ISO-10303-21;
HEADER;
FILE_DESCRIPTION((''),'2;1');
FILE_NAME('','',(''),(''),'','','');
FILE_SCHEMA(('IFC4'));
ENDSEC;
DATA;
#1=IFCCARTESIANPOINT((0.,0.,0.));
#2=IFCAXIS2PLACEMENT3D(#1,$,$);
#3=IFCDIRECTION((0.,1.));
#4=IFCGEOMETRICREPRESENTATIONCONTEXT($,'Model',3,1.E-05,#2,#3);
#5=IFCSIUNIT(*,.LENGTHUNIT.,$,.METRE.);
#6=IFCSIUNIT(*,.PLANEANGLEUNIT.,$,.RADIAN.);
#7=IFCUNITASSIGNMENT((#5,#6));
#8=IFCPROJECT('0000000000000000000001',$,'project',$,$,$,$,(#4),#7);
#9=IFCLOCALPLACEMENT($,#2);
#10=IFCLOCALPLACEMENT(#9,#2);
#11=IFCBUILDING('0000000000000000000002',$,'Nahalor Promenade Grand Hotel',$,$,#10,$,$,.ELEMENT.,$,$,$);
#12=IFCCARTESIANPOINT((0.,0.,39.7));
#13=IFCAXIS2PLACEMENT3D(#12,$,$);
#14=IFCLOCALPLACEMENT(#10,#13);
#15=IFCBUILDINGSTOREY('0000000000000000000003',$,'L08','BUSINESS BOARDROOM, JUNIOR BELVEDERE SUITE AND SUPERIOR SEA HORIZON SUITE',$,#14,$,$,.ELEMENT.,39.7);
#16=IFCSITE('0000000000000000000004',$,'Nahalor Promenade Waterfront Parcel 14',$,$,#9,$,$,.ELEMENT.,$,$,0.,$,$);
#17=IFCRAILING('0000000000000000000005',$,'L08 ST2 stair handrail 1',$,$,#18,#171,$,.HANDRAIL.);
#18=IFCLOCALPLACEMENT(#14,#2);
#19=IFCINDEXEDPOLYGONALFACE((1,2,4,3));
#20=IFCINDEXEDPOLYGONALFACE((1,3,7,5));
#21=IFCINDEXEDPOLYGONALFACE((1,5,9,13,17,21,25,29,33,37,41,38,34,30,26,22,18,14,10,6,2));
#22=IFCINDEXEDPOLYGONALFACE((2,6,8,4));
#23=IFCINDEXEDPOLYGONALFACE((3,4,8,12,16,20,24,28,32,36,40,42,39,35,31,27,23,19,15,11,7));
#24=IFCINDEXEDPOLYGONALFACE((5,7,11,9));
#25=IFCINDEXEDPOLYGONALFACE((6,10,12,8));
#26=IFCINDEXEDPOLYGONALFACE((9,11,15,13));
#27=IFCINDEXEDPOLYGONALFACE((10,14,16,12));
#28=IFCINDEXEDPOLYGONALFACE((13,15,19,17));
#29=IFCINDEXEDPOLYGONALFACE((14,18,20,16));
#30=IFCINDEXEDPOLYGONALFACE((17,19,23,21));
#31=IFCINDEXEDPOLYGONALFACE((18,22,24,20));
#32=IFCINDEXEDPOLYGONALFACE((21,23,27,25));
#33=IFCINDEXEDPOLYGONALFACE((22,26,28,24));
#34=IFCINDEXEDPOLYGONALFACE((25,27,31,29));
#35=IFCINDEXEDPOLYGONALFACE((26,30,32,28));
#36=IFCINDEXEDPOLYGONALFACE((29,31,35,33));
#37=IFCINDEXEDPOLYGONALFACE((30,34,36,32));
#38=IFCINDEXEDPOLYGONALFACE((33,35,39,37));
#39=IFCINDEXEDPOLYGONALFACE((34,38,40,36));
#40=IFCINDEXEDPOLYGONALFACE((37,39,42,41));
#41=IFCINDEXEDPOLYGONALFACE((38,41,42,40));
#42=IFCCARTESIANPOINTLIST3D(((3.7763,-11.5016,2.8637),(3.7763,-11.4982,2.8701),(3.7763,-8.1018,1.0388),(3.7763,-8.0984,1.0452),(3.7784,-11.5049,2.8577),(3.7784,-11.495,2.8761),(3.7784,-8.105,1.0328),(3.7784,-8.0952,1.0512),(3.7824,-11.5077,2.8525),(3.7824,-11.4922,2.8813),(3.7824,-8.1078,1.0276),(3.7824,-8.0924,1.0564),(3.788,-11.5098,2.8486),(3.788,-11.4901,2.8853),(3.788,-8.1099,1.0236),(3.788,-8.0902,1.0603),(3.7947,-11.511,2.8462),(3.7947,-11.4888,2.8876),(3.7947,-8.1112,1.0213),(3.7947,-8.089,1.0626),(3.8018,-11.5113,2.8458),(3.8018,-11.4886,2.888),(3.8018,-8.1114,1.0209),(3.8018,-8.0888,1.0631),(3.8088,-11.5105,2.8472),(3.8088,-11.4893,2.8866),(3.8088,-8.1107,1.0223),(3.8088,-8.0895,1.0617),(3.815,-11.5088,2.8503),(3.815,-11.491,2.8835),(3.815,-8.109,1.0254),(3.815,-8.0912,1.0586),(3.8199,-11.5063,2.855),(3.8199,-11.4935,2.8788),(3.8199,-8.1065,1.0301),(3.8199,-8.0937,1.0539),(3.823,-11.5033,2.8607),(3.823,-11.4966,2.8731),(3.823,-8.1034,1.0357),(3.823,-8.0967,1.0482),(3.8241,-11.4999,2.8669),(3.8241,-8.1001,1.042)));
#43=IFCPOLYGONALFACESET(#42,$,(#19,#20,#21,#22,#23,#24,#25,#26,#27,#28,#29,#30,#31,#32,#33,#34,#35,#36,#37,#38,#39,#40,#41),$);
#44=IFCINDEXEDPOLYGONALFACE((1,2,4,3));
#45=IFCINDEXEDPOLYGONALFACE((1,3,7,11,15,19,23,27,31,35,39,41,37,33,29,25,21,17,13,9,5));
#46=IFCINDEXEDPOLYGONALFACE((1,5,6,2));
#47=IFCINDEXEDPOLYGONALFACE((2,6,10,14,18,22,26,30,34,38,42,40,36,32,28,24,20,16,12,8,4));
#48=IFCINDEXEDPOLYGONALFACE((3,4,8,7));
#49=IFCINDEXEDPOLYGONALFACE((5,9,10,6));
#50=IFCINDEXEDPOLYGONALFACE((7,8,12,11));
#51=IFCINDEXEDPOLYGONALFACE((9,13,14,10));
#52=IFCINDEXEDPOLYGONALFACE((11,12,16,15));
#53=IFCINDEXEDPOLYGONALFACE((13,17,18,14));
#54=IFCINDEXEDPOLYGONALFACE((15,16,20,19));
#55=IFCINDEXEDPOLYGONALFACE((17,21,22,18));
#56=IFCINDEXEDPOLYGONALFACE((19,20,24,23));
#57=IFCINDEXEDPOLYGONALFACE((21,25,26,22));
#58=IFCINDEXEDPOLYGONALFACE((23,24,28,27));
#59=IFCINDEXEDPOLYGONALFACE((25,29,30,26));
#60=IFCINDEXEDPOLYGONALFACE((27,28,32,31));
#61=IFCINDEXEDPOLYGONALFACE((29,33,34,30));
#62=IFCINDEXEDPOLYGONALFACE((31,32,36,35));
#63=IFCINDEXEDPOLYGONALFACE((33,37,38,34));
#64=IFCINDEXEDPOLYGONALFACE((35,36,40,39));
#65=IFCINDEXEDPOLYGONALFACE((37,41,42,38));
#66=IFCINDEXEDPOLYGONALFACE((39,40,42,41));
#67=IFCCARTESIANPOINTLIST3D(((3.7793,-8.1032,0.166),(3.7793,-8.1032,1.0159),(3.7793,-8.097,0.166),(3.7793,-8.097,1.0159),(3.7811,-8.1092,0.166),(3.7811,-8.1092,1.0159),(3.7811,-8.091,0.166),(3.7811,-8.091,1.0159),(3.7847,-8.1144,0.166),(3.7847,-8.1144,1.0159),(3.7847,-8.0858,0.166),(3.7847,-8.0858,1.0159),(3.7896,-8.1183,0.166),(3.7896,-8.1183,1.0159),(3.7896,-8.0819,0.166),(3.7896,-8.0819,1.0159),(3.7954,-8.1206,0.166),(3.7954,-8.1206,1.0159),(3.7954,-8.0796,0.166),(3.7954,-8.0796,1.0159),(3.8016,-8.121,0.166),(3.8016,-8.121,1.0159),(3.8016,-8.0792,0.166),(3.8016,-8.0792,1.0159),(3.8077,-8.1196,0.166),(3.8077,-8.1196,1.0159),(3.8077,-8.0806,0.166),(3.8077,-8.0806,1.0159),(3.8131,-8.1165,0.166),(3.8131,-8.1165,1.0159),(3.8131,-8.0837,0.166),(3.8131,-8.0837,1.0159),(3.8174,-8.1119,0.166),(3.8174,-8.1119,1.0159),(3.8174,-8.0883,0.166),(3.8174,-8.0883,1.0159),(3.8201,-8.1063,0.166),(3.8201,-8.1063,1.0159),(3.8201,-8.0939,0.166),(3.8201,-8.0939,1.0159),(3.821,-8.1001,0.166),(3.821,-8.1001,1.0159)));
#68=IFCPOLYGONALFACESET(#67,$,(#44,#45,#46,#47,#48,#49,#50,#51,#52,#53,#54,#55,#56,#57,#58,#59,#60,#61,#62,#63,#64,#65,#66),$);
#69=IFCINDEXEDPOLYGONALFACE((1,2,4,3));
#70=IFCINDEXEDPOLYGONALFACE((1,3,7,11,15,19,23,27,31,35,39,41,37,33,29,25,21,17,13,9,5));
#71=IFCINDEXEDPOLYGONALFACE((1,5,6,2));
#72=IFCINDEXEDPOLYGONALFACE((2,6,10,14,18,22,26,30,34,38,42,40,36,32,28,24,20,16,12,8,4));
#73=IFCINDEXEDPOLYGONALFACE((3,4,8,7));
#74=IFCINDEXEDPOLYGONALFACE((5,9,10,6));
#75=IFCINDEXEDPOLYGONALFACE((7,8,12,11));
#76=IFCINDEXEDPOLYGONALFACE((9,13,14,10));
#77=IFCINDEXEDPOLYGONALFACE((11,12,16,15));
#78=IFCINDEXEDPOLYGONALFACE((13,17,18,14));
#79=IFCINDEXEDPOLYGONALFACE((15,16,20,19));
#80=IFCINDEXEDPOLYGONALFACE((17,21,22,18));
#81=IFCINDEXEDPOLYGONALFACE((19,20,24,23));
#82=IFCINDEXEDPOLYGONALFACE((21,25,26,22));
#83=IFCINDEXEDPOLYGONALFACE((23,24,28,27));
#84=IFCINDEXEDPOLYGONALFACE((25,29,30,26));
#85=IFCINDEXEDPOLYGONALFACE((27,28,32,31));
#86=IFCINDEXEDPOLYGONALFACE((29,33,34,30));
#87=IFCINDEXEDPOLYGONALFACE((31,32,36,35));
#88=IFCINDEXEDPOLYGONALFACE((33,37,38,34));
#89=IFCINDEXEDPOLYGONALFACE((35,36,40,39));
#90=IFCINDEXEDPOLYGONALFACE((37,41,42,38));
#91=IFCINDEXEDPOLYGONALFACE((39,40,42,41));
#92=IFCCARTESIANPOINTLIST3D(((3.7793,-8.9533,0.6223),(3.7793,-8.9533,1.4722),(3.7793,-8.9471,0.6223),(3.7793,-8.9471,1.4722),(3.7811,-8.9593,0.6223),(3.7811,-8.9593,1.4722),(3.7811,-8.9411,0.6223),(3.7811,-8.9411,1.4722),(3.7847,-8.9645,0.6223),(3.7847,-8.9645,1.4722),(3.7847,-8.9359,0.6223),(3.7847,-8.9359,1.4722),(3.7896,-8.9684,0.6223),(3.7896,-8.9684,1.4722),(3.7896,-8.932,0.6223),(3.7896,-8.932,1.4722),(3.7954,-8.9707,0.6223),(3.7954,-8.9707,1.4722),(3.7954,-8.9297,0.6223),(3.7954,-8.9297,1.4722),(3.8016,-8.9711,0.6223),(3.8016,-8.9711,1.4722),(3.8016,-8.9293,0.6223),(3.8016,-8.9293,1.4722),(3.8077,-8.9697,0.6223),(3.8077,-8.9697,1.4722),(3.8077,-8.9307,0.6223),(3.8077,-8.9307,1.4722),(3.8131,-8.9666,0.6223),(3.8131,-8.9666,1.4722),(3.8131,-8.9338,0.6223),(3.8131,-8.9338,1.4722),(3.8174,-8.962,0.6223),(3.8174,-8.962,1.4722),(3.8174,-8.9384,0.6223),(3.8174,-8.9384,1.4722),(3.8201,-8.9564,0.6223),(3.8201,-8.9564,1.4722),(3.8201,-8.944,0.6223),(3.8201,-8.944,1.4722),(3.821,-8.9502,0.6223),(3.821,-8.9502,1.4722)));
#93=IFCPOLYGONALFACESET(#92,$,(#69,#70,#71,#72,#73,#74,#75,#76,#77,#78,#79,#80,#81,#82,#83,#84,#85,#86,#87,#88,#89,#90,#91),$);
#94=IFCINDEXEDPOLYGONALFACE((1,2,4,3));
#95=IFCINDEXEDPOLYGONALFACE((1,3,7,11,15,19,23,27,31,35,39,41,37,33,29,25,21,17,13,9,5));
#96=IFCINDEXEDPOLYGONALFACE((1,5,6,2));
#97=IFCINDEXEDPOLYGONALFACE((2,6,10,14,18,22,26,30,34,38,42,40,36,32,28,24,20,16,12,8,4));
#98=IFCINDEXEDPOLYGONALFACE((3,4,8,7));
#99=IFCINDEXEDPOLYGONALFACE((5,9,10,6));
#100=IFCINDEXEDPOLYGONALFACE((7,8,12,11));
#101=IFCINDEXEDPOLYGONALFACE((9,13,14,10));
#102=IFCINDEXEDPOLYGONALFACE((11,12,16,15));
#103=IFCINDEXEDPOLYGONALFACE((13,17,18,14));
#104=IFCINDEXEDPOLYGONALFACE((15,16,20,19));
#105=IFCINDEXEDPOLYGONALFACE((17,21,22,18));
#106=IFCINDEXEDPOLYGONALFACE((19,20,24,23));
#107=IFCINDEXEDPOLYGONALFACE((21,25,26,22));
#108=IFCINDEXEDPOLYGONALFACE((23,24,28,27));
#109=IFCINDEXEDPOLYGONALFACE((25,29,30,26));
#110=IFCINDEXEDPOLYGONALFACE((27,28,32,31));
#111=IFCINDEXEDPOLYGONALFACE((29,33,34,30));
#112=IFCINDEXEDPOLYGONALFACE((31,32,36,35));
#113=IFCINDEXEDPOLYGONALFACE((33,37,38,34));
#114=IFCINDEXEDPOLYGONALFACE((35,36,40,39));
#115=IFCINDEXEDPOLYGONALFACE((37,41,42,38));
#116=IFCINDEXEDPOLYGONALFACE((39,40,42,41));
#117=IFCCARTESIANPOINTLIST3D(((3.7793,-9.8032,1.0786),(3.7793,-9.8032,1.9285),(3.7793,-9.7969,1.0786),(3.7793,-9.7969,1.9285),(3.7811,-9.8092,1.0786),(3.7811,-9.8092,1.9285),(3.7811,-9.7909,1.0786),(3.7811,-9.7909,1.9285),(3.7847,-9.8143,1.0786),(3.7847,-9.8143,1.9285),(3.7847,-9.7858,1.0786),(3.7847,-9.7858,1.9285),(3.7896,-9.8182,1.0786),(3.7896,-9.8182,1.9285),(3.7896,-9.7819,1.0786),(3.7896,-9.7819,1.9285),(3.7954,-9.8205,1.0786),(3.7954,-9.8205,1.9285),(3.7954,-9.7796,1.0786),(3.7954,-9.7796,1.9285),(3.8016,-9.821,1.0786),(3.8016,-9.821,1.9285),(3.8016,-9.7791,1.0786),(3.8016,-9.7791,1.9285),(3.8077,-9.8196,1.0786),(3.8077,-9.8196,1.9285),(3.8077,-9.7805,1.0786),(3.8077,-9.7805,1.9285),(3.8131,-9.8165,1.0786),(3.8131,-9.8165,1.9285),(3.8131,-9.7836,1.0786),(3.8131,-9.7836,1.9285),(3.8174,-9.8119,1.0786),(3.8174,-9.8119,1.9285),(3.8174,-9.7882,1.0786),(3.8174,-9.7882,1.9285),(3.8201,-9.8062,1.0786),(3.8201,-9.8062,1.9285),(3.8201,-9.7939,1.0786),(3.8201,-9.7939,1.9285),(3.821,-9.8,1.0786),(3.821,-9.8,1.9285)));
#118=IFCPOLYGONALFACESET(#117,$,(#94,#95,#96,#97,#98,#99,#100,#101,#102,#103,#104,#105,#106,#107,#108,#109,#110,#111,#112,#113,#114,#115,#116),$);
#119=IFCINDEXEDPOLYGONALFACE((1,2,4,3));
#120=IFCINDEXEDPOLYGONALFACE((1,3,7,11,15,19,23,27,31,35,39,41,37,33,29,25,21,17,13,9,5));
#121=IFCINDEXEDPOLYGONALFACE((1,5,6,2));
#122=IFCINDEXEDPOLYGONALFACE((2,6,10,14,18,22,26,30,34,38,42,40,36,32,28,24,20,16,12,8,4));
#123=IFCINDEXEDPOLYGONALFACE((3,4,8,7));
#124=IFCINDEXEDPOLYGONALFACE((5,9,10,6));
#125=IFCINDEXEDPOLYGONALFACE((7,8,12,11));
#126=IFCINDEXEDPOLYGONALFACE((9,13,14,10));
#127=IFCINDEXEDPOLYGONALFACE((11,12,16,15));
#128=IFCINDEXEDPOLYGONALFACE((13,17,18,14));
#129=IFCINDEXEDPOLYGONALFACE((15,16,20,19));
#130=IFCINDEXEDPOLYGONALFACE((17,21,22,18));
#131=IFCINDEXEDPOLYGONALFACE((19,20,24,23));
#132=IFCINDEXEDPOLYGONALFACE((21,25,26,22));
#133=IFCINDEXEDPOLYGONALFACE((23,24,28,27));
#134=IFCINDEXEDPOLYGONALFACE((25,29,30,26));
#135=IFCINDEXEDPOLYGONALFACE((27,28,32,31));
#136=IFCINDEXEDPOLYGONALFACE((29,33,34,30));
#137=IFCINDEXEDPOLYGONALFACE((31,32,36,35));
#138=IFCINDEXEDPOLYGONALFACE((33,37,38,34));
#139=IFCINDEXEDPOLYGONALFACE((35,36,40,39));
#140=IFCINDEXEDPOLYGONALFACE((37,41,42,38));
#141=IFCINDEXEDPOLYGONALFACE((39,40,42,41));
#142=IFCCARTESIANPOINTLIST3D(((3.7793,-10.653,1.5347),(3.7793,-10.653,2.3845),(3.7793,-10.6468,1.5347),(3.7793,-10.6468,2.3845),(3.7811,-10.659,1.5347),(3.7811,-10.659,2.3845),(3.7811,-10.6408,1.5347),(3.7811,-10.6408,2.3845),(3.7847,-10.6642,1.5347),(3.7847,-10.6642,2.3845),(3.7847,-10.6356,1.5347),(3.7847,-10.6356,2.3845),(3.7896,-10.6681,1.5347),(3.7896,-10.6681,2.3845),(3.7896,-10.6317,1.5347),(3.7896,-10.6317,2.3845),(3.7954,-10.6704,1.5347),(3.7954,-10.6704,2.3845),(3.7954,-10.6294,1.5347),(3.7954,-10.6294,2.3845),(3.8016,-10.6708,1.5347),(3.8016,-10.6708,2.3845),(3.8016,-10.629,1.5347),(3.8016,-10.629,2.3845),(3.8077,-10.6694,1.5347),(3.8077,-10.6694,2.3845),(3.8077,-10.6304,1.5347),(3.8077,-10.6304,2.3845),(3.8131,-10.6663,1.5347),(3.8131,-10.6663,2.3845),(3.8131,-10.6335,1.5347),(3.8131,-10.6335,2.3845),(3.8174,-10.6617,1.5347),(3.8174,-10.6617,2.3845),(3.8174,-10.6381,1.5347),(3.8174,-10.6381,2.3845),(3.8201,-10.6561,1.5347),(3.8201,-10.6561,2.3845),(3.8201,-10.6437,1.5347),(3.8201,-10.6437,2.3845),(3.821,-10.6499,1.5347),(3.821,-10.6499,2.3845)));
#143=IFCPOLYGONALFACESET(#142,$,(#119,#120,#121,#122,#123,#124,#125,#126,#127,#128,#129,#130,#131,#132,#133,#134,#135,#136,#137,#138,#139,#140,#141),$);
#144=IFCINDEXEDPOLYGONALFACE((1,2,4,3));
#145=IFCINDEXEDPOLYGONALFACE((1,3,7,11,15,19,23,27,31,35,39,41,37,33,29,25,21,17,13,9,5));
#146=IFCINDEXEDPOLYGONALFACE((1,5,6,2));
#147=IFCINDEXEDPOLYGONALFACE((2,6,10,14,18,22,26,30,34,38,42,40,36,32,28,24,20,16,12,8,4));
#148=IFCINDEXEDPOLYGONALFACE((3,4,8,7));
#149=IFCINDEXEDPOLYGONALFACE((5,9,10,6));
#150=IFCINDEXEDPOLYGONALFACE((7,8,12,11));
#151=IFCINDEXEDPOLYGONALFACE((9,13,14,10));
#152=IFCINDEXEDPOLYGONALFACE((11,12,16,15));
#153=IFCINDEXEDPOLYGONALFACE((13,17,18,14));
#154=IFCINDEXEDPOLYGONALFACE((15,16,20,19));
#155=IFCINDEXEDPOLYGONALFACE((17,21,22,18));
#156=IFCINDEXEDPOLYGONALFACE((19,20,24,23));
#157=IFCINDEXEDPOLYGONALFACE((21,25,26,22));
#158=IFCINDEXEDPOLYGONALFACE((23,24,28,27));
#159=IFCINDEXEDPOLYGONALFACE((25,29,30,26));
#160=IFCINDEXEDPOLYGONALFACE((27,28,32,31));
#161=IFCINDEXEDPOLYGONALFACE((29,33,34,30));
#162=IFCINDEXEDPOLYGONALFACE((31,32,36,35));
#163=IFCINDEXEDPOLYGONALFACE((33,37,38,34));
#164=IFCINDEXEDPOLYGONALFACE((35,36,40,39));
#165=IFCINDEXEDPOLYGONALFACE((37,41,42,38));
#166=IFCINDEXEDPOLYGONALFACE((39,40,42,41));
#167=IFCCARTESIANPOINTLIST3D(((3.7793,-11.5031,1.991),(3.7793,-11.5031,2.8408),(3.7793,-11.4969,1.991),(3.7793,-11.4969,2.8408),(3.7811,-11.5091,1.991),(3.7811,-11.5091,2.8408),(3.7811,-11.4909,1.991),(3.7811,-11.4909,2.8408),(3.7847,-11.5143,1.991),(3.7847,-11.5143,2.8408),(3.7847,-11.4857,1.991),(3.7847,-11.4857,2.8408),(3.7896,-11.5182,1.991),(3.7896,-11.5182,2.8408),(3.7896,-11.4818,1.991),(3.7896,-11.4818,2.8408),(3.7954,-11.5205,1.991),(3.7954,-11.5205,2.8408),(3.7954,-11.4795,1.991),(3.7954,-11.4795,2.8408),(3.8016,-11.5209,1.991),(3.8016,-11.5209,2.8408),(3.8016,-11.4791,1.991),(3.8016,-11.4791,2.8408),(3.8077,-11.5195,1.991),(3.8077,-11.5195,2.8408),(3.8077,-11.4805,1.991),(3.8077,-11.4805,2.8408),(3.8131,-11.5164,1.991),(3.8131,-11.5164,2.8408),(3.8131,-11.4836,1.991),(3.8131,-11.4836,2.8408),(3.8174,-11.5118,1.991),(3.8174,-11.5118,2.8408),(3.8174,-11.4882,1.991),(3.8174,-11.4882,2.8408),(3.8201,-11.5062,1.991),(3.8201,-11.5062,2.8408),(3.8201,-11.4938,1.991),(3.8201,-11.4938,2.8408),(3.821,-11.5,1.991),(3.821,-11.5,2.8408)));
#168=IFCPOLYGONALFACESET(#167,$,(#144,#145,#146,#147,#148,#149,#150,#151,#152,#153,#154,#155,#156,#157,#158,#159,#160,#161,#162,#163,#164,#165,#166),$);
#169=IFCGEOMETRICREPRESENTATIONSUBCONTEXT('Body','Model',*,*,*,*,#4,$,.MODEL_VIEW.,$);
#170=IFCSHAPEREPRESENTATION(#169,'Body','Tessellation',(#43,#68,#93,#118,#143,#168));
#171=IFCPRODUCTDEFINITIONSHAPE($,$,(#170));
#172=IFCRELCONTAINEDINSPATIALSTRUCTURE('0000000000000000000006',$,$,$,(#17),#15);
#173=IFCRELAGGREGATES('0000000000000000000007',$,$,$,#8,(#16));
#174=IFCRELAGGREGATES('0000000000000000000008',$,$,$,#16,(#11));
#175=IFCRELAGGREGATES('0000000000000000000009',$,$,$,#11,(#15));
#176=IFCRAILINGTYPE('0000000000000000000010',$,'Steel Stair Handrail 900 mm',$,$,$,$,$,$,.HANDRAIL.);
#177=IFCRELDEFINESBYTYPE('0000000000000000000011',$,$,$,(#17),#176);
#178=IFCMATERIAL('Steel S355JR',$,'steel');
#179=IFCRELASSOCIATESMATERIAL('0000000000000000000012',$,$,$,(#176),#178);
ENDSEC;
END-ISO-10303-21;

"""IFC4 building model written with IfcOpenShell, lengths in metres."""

from ifc_helpers import new_model, si_unit, direction, frame, origin, origin_2d, place, context, subcontext, project, spatial, circle, extrude, material, type_object, element, save


model = new_model("IFC4")

# Units and contexts
model_context = context("Model", 3, precision=1e-05, world=origin(), true_north=direction((0.0, 1.0)))
body_context = subcontext(model_context, "Body", "Model", "MODEL_VIEW")
ifc_project = project(units=[si_unit("LENGTHUNIT", "METRE"), si_unit("PLANEANGLEUNIT", "RADIAN")], contexts=[model_context])

# Site, building, storey
site_placement = place(None, origin())
site = spatial("IfcSite", under=ifc_project, at=site_placement, Name="Nahalor Promenade Waterfront Parcel 14", CompositionType="ELEMENT", RefElevation=0.0)
building_placement = place(site_placement, origin())
building = spatial("IfcBuilding", under=site, at=building_placement, Name="Nahalor Promenade Grand Hotel", CompositionType="ELEMENT")
storey_placement = place(building_placement, frame((0.0, 0.0, 39.7)))
storey = spatial("IfcBuildingStorey", under=building, at=storey_placement, Name="L08", Description="BUSINESS BOARDROOM, JUNIOR BELVEDERE SUITE AND SUPERIOR SEA HORIZON SUITE", CompositionType="ELEMENT", Elevation=39.7)

# Shared definitions
ifc_material_1 = material(Name="Steel S355JR", Category="steel")

# Railing
railing_type_1 = type_object("IfcRailingType", Name="Steel Stair Handrail 900 mm", PredefinedType="HANDRAIL", material=ifc_material_1)
railing_1_placement = place(storey_placement, frame((3.8, -8.1001, 0.166)))
element("IfcRailing", 1, at=railing_1_placement, inside=storey, type_object=railing_type_1, Name="L08 ST2 stair handrail 1", PredefinedType="HANDRAIL", context=body_context, shape_type="SweptSolid", body=[
    extrude(circle(Radius=0.024, at=origin_2d()), frame((0.0, 0.0, 0.876), z_axis=(0.0, -0.881094, 0.472941), x_axis=(1.0, 0.0, 0.0)), (0.0, 0.0, 1.0), 3.8586),
    extrude(circle(Radius=0.021, at=origin_2d()), origin(), (0.0, 0.0, 1.0), 0.8499),
    extrude(circle(Radius=0.021, at=origin_2d()), frame((0.0, -0.8501, 0.4563)), (0.0, 0.0, 1.0), 0.8499),
    extrude(circle(Radius=0.021, at=origin_2d()), frame((0.0, -1.7, 0.9126)), (0.0, 0.0, 1.0), 0.8499),
    extrude(circle(Radius=0.021, at=origin_2d()), frame((0.0, -2.5498, 1.3687)), (0.0, 0.0, 1.0), 0.8499),
    extrude(circle(Radius=0.021, at=origin_2d()), frame((0.0, -3.3999, 1.825)), (0.0, 0.0, 1.0), 0.8499),
])

save(model, "model.ifc")
